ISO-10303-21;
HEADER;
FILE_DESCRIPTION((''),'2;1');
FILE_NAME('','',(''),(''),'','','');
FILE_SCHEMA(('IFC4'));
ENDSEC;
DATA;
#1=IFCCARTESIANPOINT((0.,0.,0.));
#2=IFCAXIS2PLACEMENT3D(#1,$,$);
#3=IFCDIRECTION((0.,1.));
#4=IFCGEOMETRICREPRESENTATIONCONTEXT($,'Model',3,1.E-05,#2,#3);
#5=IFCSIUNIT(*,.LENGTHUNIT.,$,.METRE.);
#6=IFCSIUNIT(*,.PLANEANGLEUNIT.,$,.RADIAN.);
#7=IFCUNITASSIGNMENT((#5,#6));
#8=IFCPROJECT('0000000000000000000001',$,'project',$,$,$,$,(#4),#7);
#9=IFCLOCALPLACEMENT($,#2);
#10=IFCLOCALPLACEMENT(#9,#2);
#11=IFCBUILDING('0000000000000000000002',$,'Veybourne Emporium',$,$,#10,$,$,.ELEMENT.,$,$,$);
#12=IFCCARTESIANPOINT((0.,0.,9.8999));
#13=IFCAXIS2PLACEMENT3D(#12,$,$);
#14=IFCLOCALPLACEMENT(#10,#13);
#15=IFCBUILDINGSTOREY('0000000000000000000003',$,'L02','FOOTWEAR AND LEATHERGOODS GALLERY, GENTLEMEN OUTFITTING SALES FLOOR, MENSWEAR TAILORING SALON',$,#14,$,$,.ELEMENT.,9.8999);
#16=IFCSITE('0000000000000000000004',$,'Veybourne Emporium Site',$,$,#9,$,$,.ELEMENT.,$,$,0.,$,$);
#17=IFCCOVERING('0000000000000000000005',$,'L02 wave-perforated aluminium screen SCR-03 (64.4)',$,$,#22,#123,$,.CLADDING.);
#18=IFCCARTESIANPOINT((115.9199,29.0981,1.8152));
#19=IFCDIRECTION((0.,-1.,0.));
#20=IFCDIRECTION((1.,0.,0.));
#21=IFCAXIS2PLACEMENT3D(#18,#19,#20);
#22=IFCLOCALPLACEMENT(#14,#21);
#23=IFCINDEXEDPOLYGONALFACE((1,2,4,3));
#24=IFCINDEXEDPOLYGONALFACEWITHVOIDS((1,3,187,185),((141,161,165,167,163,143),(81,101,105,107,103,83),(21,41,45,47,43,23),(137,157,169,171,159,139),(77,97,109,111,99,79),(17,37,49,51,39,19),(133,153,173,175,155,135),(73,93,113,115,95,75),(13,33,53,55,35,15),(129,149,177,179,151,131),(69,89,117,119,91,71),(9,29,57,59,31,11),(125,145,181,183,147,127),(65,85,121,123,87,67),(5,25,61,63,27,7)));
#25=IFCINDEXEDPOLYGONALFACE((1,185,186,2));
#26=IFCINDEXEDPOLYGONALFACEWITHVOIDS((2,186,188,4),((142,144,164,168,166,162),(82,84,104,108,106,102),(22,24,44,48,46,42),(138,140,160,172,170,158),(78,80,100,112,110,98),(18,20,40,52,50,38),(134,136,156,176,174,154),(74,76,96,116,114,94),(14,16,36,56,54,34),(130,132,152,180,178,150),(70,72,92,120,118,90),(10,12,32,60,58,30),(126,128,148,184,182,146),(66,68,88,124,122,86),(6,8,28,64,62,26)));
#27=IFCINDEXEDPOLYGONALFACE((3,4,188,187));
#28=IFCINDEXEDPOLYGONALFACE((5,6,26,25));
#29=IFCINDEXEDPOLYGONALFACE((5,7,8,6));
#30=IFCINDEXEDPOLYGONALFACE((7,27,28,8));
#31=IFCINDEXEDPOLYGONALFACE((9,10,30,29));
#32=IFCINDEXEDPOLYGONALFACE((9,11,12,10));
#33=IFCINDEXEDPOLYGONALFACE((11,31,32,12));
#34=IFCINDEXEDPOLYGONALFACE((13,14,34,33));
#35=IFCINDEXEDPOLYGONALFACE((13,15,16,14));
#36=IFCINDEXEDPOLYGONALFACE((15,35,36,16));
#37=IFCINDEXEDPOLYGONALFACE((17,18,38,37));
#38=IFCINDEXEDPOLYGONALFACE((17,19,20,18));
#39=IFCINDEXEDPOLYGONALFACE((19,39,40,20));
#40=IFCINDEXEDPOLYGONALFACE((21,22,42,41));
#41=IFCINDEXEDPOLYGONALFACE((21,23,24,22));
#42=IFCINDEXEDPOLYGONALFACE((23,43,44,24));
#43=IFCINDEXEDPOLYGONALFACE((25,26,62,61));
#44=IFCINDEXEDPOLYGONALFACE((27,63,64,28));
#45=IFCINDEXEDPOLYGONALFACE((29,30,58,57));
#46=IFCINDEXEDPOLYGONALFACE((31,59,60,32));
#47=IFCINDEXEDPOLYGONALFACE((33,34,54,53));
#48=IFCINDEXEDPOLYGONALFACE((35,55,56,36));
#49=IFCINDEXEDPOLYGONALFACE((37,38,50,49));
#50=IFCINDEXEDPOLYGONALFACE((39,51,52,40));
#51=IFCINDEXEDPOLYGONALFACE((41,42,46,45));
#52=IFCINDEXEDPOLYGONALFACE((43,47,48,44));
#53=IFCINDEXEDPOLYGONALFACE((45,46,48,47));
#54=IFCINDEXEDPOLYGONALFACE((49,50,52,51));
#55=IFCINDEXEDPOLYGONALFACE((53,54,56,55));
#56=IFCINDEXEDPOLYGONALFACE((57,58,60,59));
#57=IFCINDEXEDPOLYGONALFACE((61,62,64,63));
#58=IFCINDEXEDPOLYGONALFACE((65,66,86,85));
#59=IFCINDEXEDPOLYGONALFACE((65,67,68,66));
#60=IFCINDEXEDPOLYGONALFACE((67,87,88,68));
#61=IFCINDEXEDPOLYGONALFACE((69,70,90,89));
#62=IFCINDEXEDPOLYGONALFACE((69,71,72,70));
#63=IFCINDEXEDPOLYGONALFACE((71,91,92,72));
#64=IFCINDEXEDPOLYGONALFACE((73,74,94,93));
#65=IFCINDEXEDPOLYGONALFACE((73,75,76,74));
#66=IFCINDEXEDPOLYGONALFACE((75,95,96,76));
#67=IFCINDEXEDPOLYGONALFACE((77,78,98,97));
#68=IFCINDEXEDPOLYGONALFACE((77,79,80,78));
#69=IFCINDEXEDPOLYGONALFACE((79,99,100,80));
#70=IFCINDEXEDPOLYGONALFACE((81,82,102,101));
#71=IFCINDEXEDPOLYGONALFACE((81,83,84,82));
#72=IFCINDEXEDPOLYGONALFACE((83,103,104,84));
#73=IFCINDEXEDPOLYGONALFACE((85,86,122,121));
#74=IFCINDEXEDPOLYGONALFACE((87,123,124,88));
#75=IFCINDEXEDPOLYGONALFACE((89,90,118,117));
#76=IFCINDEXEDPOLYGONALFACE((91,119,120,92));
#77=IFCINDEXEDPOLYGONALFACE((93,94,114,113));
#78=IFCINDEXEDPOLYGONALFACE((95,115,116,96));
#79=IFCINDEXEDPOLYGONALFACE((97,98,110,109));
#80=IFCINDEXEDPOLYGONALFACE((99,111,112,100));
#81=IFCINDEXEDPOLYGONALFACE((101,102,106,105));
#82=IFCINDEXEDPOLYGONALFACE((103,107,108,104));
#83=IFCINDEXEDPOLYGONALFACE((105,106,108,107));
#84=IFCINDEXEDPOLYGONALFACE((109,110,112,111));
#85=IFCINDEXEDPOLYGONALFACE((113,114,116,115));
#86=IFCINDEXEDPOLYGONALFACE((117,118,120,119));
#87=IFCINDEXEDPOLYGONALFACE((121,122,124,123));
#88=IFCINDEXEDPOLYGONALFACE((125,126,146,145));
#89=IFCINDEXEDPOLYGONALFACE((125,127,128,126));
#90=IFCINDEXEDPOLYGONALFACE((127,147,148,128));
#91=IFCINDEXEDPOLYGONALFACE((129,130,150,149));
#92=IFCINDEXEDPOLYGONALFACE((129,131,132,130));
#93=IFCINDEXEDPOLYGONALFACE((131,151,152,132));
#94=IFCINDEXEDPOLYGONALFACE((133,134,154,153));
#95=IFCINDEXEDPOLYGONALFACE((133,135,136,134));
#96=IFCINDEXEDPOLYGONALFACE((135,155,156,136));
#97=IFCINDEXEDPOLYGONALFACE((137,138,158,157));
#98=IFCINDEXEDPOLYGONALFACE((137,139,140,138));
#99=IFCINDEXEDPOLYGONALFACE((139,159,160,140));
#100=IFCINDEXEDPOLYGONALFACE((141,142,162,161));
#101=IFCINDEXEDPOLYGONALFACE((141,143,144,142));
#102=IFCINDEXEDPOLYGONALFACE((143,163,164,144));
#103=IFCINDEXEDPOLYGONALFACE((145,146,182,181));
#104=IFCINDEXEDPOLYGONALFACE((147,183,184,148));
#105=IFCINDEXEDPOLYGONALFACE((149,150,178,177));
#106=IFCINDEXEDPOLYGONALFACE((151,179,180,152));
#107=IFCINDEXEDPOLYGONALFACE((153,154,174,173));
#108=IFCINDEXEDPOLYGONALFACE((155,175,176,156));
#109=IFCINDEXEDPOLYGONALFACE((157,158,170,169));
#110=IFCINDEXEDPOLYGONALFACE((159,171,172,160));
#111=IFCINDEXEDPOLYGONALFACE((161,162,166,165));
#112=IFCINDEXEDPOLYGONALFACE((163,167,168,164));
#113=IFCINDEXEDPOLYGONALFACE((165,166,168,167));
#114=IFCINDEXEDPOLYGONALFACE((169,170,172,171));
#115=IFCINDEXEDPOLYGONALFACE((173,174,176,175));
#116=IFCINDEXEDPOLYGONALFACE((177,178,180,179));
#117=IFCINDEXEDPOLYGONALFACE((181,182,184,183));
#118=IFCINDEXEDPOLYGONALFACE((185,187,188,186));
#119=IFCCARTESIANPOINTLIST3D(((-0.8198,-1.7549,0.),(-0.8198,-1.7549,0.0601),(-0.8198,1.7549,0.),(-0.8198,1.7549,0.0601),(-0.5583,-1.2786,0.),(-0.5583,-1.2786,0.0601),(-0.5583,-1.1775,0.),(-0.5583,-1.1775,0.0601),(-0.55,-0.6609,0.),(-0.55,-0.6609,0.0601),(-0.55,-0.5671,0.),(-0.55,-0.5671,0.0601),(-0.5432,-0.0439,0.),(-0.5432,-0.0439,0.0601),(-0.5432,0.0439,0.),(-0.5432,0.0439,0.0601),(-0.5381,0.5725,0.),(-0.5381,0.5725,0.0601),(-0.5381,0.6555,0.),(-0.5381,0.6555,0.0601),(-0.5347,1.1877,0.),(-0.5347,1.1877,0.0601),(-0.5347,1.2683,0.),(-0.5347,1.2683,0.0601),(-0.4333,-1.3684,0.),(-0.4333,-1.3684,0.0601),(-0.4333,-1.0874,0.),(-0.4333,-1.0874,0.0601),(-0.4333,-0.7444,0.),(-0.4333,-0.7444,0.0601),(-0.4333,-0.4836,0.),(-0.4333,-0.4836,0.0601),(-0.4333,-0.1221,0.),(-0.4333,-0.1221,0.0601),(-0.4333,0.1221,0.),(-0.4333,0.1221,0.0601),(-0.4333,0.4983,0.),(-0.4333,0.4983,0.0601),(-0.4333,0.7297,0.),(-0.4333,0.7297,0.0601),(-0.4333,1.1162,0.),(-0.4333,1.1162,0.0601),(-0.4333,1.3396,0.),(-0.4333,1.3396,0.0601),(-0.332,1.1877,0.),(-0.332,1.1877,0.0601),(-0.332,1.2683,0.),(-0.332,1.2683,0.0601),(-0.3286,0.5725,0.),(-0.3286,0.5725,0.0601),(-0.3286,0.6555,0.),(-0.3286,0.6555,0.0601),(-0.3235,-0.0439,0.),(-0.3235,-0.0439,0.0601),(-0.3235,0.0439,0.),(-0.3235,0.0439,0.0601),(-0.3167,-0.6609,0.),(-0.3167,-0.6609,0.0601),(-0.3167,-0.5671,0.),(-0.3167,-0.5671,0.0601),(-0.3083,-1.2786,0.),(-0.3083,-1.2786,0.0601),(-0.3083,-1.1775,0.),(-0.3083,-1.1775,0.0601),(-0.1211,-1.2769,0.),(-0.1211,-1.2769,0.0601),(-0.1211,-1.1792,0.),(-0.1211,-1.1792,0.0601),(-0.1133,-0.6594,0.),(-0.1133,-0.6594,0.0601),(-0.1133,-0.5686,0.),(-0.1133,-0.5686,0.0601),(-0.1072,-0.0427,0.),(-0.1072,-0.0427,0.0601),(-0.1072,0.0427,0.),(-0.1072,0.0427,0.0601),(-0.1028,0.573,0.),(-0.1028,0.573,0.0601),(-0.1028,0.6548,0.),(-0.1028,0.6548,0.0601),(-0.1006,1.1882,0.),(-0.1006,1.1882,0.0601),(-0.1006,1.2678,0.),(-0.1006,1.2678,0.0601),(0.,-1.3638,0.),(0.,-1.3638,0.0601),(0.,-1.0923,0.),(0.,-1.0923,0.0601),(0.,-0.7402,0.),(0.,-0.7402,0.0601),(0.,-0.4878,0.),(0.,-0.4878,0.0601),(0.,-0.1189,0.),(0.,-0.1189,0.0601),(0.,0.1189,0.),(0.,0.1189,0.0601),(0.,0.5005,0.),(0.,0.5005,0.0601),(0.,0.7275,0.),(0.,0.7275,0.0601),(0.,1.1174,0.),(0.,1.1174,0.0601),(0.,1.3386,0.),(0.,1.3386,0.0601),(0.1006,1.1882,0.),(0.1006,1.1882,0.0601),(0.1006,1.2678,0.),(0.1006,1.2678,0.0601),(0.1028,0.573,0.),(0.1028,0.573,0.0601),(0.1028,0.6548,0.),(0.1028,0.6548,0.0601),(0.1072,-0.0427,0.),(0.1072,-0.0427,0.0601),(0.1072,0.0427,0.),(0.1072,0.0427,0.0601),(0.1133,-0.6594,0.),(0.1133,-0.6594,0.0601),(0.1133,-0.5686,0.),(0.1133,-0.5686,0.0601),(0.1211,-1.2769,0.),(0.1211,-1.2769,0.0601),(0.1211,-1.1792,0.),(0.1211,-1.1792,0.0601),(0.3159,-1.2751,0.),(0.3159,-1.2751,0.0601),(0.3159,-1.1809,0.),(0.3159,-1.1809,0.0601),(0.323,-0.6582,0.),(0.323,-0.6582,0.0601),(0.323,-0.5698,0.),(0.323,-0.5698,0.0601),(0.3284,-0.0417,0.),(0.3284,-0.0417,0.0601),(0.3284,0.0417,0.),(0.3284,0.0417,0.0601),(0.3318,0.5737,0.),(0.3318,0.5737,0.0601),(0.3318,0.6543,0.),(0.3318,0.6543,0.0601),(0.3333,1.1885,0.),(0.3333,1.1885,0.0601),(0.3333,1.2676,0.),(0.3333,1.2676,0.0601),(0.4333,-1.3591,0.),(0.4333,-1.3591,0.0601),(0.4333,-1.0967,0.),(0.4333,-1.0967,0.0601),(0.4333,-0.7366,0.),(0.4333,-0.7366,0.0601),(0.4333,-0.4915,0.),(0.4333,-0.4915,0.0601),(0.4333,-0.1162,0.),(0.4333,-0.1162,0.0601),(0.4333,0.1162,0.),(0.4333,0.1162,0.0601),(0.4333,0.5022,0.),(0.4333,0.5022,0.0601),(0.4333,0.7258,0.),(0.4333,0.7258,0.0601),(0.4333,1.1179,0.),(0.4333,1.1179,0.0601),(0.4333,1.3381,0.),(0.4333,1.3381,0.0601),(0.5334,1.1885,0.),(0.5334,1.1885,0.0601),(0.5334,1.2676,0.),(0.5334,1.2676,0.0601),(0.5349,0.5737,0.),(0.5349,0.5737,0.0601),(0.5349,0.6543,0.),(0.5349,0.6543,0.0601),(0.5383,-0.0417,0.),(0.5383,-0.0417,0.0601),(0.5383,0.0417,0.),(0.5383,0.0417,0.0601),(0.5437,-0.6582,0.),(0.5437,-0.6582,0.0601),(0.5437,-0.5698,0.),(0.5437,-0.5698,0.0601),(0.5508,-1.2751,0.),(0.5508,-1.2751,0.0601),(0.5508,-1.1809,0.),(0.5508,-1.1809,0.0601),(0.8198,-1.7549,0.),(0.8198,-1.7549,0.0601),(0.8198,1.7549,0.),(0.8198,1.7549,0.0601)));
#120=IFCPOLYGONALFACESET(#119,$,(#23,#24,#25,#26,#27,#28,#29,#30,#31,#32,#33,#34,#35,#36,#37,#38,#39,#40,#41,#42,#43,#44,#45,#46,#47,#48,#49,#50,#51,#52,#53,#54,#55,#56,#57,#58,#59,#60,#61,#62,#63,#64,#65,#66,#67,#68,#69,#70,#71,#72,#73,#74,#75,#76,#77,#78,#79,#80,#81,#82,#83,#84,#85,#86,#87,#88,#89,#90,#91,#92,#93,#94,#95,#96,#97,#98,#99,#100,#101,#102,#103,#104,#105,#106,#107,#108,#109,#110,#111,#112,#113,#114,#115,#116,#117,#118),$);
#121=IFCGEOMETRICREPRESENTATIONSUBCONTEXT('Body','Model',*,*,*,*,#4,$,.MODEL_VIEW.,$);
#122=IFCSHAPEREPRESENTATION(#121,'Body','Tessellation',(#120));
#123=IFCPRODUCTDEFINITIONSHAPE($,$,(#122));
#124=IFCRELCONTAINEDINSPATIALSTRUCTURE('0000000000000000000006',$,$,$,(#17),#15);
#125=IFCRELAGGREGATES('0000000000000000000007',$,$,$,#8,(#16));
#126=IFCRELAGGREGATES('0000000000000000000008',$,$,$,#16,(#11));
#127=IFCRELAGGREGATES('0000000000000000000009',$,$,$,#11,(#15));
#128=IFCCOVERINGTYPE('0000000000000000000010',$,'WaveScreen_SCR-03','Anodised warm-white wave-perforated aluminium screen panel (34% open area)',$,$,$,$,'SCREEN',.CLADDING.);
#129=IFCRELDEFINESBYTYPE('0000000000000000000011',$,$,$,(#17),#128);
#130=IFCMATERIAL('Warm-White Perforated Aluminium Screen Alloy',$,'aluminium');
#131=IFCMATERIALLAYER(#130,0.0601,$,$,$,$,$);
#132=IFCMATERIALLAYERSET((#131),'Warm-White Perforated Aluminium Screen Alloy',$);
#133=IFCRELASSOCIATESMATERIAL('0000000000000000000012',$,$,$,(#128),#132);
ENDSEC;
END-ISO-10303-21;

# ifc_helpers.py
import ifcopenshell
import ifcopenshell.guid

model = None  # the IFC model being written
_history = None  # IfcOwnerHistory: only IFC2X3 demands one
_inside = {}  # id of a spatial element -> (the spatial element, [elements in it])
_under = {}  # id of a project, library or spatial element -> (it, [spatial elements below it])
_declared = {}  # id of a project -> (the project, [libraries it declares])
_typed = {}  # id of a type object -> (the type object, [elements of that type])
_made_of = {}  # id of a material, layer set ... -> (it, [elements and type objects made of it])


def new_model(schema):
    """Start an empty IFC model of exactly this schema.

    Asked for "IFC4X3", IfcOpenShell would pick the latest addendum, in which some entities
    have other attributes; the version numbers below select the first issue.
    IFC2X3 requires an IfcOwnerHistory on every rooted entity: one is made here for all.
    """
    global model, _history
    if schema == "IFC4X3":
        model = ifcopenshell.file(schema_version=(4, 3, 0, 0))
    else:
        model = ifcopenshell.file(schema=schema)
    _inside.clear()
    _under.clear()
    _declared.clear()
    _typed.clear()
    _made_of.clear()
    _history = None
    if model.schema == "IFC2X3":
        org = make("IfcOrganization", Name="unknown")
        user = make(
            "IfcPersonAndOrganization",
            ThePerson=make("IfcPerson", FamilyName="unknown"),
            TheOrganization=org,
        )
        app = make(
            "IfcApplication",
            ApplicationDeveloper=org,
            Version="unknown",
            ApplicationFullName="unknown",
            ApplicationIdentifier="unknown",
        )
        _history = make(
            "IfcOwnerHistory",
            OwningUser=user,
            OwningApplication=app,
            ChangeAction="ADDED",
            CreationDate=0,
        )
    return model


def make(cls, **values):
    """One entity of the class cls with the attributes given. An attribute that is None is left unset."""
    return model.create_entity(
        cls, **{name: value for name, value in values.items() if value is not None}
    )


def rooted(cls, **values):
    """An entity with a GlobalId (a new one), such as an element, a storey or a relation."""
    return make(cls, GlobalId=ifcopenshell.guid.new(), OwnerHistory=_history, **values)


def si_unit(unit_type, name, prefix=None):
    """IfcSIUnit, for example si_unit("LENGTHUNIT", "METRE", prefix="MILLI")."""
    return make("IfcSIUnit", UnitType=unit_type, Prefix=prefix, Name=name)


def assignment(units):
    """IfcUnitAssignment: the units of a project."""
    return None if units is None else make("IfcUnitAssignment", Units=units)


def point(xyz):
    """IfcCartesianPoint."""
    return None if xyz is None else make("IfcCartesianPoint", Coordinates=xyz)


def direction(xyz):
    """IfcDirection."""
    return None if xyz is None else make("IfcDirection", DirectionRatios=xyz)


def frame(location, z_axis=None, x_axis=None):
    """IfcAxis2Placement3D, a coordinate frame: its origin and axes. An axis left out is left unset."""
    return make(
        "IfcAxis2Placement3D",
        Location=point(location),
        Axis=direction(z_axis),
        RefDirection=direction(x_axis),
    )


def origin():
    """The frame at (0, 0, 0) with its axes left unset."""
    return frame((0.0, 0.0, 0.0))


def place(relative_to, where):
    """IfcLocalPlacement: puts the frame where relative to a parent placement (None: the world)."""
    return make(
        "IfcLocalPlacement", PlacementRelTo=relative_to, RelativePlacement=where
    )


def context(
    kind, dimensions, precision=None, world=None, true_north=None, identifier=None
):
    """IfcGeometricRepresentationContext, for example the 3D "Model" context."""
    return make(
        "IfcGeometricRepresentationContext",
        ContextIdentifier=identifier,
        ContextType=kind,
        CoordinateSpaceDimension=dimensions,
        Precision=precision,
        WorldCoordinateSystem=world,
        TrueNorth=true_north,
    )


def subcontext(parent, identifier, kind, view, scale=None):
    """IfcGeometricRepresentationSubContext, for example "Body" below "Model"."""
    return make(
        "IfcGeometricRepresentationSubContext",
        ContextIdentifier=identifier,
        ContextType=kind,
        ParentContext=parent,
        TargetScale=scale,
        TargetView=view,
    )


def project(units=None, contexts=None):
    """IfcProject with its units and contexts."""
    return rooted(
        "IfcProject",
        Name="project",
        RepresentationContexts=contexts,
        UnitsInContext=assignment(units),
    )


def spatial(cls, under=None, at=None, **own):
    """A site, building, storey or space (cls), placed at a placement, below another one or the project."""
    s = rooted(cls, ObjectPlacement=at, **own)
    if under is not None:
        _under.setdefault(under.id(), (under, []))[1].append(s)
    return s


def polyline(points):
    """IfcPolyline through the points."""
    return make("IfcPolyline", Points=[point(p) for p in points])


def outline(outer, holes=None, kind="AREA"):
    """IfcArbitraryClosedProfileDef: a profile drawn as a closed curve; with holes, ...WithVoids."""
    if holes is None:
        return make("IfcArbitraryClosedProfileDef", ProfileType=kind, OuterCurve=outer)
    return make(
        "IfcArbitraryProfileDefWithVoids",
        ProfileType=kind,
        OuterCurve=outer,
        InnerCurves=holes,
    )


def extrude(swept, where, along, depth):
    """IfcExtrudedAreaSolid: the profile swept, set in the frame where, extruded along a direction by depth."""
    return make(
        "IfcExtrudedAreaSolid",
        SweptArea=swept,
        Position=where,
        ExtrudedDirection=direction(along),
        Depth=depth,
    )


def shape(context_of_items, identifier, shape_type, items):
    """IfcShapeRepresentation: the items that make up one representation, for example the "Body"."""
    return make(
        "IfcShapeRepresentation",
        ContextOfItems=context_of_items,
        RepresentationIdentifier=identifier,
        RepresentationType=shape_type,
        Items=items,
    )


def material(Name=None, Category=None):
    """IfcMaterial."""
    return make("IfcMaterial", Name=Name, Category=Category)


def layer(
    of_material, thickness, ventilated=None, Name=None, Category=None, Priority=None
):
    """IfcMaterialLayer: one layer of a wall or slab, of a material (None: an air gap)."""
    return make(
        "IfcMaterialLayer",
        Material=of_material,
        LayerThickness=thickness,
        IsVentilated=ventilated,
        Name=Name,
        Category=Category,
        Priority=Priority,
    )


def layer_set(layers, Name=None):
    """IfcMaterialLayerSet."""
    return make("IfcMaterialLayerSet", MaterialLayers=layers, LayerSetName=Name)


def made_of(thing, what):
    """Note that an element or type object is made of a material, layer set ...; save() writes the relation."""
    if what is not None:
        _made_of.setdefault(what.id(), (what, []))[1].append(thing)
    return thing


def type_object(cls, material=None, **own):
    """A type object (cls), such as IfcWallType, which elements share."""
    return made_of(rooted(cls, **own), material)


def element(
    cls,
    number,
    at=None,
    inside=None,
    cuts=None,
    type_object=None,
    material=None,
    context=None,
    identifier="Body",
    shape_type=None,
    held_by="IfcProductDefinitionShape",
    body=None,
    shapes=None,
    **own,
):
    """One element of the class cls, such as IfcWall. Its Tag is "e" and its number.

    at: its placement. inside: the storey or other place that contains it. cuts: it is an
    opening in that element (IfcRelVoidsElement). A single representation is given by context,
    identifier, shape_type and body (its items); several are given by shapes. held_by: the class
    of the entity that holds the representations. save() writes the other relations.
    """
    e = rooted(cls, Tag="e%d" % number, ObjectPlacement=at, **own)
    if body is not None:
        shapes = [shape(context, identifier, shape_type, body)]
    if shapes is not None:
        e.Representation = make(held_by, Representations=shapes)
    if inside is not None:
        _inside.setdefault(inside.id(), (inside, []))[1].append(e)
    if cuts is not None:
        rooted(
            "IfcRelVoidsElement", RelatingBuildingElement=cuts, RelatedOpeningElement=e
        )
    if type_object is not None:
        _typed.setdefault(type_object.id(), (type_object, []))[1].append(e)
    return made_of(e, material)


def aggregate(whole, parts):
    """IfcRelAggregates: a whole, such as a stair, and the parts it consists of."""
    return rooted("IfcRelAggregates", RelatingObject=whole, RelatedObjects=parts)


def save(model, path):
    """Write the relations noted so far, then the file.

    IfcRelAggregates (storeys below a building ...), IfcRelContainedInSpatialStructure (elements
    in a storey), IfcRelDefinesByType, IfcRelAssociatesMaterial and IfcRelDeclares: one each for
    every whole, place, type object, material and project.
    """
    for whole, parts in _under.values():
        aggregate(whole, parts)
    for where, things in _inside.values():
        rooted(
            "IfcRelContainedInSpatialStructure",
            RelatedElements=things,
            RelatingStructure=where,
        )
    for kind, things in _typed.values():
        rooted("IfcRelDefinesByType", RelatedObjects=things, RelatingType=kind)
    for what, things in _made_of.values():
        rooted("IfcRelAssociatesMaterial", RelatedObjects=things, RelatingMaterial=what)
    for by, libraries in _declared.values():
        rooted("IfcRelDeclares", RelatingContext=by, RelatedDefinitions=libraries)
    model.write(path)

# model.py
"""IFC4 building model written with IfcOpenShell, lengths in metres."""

from ifc_helpers import new_model, si_unit, direction, frame, origin, place, context, subcontext, project, spatial, polyline, outline, extrude, material, layer, layer_set, type_object, element, save


model = new_model("IFC4")

# Units and contexts
model_context = context("Model", 3, precision=1e-05, world=origin(), true_north=direction((0.0, 1.0)))
body_context = subcontext(model_context, "Body", "Model", "MODEL_VIEW")
ifc_project = project(units=[si_unit("LENGTHUNIT", "METRE"), si_unit("PLANEANGLEUNIT", "RADIAN")], contexts=[model_context])

# Site, building, storey
site_placement = place(None, origin())
site = spatial("IfcSite", under=ifc_project, at=site_placement, Name="Veybourne Emporium Site", CompositionType="ELEMENT", RefElevation=0.0)
building_placement = place(site_placement, origin())
building = spatial("IfcBuilding", under=site, at=building_placement, Name="Veybourne Emporium", CompositionType="ELEMENT")
storey_placement = place(building_placement, frame((0.0, 0.0, 9.8999)))
storey = spatial("IfcBuildingStorey", under=building, at=storey_placement, Name="L02", Description="FOOTWEAR AND LEATHERGOODS GALLERY, GENTLEMEN OUTFITTING SALES FLOOR, MENSWEAR TAILORING SALON", CompositionType="ELEMENT", Elevation=9.8999)

# Covering
ifc_material_1 = material(Name="Warm-White Perforated Aluminium Screen Alloy", Category="aluminium")
ifc_layer_1 = layer(ifc_material_1, 0.0601)
ifc_layer_set_1 = layer_set([ifc_layer_1], Name="Warm-White Perforated Aluminium Screen Alloy")
covering_type_1 = type_object("IfcCoveringType", Name="WaveScreen_SCR-03", Description="Anodised warm-white wave-perforated aluminium screen panel (34% open area)", ElementType="SCREEN", PredefinedType="CLADDING", material=ifc_layer_set_1)
covering_1_placement = place(storey_placement, frame((115.9199, 29.0981, 1.8152), z_axis=(0.0, -1.0, 0.0), x_axis=(1.0, 0.0, 0.0)))
element("IfcCovering", 1, at=covering_1_placement, inside=storey, type_object=covering_type_1, Name="L02 wave-perforated aluminium screen SCR-03 (64.4)", PredefinedType="CLADDING", context=body_context, shape_type="SweptSolid", body=[
    extrude(outline(polyline([(-0.8198, -1.7549), (0.8198, -1.7549), (0.8198, 1.7549), (-0.8198, 1.7549), (-0.8198, -1.7549)]), holes=[polyline([(-0.4333, -1.0874), (-0.3083, -1.1775), (-0.3083, -1.2786), (-0.4333, -1.3684), (-0.5583, -1.2786), (-0.5583, -1.1775), (-0.4333, -1.0874)]), polyline([(-0.4333, -0.4836), (-0.3167, -0.5671), (-0.3167, -0.6609), (-0.4333, -0.7444), (-0.55, -0.6609), (-0.55, -0.5671), (-0.4333, -0.4836)]), polyline([(-0.4333, 0.1221), (-0.3235, 0.0439), (-0.3235, -0.0439), (-0.4333, -0.1221), (-0.5432, -0.0439), (-0.5432, 0.0439), (-0.4333, 0.1221)]), polyline([(-0.4333, 0.7297), (-0.3286, 0.6555), (-0.3286, 0.5725), (-0.4333, 0.4983), (-0.5381, 0.5725), (-0.5381, 0.6555), (-0.4333, 0.7297)]), polyline([(-0.4333, 1.3396), (-0.332, 1.2683), (-0.332, 1.1877), (-0.4333, 1.1162), (-0.5347, 1.1877), (-0.5347, 1.2683), (-0.4333, 1.3396)]), polyline([(0.0, -1.0923), (0.1211, -1.1792), (0.1211, -1.2769), (0.0, -1.3638), (-0.1211, -1.2769), (-0.1211, -1.1792), (0.0, -1.0923)]), polyline([(0.0, -0.4878), (0.1133, -0.5686), (0.1133, -0.6594), (0.0, -0.7402), (-0.1133, -0.6594), (-0.1133, -0.5686), (0.0, -0.4878)]), polyline([(0.0, 0.1189), (0.1072, 0.0427), (0.1072, -0.0427), (0.0, -0.1189), (-0.1072, -0.0427), (-0.1072, 0.0427), (0.0, 0.1189)]), polyline([(0.0, 0.7275), (0.1028, 0.6548), (0.1028, 0.573), (0.0, 0.5005), (-0.1028, 0.573), (-0.1028, 0.6548), (0.0, 0.7275)]), polyline([(0.0, 1.3386), (0.1006, 1.2678), (0.1006, 1.1882), (0.0, 1.1174), (-0.1006, 1.1882), (-0.1006, 1.2678), (0.0, 1.3386)]), polyline([(0.4333, -1.0967), (0.5508, -1.1809), (0.5508, -1.2751), (0.4333, -1.3591), (0.3159, -1.2751), (0.3159, -1.1809), (0.4333, -1.0967)]), polyline([(0.4333, -0.4915), (0.5437, -0.5698), (0.5437, -0.6582), (0.4333, -0.7366), (0.323, -0.6582), (0.323, -0.5698), (0.4333, -0.4915)]), polyline([(0.4333, 0.1162), (0.5383, 0.0417), (0.5383, -0.0417), (0.4333, -0.1162), (0.3284, -0.0417), (0.3284, 0.0417), (0.4333, 0.1162)]), polyline([(0.4333, 0.7258), (0.5349, 0.6543), (0.5349, 0.5737), (0.4333, 0.5022), (0.3318, 0.5737), (0.3318, 0.6543), (0.4333, 0.7258)]), polyline([(0.4333, 1.3381), (0.5334, 1.2676), (0.5334, 1.1885), (0.4333, 1.1179), (0.3333, 1.1885), (0.3333, 1.2676), (0.4333, 1.3381)])]), origin(), (0.0, 0.0, 1.0), 0.0601),
])

save(model, "model.ifc")
